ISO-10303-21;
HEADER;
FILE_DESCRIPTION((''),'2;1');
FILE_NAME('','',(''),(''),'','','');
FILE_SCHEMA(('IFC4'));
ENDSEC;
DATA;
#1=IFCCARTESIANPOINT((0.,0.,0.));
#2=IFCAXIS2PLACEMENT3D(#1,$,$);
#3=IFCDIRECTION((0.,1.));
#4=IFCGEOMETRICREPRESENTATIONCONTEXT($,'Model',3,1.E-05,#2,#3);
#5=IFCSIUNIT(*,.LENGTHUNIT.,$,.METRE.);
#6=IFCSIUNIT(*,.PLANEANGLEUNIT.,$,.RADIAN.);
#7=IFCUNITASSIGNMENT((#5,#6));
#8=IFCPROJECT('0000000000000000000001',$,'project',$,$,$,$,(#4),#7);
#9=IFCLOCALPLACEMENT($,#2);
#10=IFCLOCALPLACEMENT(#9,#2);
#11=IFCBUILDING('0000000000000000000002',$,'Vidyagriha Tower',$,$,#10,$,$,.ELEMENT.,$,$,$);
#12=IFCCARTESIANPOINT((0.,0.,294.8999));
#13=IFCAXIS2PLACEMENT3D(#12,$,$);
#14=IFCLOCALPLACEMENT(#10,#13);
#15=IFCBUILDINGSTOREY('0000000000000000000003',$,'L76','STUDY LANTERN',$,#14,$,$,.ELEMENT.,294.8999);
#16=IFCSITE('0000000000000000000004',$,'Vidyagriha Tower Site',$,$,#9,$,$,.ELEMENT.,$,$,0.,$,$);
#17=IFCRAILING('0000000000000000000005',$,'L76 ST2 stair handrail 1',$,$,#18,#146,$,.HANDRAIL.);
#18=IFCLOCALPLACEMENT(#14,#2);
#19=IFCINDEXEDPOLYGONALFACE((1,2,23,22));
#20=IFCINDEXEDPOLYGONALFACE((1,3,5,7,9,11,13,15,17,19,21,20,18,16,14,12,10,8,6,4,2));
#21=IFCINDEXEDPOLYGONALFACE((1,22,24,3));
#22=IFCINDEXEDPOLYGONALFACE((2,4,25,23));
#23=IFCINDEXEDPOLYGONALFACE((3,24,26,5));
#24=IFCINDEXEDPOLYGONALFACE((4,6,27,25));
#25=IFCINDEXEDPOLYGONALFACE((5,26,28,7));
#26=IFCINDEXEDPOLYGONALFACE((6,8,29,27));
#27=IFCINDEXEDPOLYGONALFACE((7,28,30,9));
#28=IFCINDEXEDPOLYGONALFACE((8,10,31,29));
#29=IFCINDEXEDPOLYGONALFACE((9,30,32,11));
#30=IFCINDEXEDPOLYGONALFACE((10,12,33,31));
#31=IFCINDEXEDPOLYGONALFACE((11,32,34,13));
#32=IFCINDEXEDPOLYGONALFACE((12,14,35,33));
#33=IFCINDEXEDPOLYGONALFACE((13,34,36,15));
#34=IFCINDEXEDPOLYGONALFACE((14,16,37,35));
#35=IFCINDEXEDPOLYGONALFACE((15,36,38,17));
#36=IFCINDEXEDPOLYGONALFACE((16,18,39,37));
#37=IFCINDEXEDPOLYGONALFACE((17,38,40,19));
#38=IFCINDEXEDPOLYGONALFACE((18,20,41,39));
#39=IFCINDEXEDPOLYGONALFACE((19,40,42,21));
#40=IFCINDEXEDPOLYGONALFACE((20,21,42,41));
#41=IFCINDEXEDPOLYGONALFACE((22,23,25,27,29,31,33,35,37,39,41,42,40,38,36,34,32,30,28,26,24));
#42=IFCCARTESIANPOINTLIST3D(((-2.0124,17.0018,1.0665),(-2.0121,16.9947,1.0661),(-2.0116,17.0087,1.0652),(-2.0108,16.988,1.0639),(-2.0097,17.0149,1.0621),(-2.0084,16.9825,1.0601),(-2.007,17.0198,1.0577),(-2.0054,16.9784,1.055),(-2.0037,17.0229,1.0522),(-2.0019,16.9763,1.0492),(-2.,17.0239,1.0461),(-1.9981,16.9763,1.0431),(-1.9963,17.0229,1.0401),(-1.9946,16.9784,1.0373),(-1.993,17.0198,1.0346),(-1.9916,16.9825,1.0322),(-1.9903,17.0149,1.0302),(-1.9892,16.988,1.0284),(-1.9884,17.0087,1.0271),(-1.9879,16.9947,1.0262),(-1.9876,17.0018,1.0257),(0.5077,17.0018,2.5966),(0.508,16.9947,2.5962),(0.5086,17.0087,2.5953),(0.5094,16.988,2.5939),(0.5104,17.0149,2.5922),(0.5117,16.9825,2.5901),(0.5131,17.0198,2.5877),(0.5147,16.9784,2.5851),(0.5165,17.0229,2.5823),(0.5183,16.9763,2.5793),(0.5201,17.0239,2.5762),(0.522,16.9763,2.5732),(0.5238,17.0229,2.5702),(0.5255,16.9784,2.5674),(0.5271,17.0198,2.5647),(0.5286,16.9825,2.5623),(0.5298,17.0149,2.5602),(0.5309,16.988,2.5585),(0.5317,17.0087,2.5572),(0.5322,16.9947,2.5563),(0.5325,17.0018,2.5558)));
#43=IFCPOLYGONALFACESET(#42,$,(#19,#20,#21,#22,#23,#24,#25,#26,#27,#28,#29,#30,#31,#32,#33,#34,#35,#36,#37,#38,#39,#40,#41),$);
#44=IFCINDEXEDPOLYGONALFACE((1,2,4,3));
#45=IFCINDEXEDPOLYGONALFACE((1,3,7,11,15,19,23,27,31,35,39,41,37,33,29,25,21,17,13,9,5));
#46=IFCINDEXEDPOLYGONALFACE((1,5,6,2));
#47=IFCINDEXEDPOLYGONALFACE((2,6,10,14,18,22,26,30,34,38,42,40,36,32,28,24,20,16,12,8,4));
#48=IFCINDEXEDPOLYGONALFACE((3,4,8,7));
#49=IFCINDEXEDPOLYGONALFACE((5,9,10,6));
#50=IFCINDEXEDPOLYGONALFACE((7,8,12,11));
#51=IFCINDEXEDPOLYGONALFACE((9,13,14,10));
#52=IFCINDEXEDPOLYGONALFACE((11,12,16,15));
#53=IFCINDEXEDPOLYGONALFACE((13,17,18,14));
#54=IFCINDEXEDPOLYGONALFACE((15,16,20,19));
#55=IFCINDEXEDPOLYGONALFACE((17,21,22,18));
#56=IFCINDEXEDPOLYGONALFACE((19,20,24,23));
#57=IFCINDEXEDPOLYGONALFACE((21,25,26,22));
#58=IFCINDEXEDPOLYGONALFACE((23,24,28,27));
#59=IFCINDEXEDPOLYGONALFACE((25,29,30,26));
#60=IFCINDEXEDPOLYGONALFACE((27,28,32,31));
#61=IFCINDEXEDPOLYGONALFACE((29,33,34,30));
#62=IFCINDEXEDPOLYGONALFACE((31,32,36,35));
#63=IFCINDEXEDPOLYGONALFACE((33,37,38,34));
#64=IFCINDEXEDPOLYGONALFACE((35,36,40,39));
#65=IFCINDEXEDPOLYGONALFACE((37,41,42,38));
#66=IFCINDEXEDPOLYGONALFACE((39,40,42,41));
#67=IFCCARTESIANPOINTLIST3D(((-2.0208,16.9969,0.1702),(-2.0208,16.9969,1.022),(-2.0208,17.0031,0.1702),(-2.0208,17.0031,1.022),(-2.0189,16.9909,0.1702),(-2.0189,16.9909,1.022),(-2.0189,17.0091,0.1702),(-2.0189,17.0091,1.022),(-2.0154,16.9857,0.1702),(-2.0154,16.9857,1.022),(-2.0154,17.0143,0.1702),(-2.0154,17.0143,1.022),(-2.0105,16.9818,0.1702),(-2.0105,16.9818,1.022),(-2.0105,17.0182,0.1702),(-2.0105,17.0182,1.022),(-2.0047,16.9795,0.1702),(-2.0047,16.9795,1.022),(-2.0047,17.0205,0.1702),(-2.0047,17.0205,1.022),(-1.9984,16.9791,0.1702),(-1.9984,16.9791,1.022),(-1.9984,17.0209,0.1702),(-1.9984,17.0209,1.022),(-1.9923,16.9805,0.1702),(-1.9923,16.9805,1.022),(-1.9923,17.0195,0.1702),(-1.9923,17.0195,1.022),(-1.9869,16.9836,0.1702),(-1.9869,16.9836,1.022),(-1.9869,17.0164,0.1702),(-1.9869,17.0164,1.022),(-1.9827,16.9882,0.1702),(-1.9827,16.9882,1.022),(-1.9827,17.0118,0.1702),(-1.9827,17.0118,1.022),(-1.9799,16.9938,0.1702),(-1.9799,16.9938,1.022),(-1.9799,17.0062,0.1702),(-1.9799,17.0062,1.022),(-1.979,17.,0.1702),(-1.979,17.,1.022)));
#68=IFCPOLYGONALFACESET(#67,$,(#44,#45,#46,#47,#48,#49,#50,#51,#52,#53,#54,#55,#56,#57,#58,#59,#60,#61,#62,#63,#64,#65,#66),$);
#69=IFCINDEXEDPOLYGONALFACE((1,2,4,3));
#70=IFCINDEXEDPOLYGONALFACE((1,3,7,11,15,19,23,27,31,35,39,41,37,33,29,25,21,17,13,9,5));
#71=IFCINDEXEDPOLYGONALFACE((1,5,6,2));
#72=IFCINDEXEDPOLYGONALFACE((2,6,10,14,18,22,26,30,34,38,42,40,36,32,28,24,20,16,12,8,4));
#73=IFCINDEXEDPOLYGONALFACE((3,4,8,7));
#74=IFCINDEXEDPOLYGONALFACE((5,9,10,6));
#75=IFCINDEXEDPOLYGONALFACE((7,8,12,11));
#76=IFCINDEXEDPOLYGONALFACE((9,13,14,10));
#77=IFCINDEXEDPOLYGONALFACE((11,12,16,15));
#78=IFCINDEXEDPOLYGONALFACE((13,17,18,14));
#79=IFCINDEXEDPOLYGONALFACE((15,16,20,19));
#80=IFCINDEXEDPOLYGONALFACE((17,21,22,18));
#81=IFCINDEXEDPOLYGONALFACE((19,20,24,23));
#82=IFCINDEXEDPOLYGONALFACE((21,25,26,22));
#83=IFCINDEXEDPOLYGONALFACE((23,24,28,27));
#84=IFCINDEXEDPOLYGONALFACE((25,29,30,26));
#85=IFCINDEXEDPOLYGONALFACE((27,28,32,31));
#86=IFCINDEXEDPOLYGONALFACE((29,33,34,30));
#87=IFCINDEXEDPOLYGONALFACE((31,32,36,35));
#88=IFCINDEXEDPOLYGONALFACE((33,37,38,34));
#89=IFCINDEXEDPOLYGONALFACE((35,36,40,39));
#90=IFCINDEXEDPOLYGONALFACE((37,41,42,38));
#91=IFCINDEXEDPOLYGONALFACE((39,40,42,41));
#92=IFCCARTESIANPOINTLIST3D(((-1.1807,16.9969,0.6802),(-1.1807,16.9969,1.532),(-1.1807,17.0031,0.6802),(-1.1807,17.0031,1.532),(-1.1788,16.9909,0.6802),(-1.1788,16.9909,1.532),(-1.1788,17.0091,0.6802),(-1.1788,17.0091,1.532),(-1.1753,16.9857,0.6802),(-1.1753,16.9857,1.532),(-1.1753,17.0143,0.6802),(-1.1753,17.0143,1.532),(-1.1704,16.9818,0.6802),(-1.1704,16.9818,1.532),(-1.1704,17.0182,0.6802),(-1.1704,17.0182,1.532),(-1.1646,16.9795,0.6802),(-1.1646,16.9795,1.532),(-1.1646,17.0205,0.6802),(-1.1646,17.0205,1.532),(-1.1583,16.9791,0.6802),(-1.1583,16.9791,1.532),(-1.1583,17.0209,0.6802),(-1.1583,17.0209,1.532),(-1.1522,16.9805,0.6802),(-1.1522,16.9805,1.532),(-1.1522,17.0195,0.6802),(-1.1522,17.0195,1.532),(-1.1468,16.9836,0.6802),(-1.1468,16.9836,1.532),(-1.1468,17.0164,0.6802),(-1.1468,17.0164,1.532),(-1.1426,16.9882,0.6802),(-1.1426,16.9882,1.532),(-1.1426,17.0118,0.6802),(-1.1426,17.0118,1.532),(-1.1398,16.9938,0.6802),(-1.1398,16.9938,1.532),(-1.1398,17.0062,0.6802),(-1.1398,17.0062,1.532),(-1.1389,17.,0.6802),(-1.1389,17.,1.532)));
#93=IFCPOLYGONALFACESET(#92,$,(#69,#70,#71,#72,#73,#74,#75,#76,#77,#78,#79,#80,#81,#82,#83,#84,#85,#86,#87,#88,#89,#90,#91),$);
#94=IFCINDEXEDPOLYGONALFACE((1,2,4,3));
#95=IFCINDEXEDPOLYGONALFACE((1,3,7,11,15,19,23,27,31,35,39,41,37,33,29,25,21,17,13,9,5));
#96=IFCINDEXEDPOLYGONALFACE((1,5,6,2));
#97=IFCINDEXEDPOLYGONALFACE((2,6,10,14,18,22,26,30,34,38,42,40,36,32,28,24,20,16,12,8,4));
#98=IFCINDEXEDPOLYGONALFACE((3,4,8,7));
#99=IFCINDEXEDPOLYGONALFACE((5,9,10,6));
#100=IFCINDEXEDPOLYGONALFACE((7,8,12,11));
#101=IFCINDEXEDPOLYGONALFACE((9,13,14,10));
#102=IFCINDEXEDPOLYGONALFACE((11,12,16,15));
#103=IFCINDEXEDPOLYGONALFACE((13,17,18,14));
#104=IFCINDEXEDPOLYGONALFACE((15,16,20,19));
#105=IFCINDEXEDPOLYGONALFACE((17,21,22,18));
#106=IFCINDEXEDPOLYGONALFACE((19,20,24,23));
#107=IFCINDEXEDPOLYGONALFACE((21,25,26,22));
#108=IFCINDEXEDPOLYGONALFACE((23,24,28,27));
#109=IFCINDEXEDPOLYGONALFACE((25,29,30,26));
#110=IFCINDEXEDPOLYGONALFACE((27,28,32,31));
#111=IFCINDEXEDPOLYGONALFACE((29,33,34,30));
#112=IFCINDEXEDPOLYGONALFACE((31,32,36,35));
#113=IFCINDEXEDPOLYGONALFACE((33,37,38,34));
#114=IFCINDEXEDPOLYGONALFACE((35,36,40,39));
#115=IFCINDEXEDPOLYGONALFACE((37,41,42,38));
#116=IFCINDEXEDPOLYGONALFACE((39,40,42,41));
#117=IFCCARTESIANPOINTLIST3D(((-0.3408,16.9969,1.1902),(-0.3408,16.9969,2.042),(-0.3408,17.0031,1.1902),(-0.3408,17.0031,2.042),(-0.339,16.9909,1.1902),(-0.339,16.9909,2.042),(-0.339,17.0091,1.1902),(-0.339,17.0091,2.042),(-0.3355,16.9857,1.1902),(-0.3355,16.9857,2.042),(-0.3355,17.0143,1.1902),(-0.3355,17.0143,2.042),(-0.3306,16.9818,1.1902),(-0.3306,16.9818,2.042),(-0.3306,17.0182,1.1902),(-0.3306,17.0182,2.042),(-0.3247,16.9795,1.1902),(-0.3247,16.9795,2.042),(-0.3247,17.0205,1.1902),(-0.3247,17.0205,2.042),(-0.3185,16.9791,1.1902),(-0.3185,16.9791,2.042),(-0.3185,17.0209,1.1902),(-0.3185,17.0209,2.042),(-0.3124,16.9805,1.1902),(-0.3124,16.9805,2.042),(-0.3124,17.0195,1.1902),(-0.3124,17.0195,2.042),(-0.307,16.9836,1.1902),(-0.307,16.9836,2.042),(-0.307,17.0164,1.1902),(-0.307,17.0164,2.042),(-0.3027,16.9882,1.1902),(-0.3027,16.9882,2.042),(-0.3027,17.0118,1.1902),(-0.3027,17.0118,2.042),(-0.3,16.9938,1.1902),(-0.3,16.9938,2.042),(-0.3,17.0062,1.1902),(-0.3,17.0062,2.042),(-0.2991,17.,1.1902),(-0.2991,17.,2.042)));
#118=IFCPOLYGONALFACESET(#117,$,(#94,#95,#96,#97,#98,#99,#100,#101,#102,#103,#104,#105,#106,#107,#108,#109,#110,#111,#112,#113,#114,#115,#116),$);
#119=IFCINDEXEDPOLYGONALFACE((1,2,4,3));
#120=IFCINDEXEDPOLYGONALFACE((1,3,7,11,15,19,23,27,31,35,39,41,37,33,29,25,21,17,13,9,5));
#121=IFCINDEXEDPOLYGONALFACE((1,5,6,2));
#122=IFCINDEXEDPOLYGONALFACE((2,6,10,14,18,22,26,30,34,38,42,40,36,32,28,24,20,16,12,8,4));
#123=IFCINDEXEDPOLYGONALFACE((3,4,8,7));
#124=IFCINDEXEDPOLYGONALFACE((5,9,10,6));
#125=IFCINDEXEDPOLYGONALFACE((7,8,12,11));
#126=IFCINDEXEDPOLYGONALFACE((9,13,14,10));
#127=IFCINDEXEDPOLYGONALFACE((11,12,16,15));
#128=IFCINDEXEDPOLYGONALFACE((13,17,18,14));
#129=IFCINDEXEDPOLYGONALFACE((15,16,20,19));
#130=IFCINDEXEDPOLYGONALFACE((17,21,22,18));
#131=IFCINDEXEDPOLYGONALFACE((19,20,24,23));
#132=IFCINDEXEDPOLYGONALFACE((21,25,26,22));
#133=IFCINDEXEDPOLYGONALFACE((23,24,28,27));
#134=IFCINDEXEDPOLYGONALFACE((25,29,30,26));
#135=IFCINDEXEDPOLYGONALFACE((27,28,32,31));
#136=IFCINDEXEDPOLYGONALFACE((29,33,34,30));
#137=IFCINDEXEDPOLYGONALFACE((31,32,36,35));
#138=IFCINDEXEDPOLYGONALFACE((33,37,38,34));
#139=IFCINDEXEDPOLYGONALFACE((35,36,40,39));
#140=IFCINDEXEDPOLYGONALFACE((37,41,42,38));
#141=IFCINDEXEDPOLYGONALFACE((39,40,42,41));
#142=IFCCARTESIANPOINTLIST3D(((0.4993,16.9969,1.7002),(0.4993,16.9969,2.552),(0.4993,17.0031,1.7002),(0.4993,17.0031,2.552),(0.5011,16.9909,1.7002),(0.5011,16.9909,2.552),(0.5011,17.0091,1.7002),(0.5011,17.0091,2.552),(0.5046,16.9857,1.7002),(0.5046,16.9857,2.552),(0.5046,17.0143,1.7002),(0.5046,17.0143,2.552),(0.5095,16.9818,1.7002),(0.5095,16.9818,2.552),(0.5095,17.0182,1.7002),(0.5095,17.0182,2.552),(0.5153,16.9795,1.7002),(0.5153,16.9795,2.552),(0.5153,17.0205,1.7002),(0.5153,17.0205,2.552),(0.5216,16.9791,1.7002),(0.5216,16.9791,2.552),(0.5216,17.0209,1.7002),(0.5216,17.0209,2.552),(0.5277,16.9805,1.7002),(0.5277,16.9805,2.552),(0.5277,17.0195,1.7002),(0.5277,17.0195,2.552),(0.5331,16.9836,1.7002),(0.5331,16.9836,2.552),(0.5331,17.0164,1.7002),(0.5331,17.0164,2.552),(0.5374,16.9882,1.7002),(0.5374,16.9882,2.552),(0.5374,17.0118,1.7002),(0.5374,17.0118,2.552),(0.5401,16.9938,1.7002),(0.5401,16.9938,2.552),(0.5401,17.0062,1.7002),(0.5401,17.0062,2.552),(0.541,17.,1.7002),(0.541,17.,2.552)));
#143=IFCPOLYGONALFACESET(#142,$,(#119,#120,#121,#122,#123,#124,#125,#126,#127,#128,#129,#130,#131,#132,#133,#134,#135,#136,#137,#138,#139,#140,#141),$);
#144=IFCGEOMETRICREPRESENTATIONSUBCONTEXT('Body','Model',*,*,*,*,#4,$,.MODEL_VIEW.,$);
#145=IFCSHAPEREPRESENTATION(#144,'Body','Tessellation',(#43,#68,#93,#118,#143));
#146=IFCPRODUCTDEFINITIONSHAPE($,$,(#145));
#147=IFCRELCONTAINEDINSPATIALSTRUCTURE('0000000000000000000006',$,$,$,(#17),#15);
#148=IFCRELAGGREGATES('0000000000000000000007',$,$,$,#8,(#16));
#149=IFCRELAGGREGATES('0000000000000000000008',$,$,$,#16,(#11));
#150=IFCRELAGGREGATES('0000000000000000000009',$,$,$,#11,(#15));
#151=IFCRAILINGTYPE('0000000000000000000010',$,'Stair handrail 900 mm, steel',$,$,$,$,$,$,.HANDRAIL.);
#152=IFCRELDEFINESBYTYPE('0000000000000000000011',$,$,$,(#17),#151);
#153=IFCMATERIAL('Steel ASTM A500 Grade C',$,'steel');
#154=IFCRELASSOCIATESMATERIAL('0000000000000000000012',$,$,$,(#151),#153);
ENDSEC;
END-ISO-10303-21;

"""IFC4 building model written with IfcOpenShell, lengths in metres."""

from ifc_helpers import new_model, si_unit, direction, frame, origin, origin_2d, place, context, subcontext, project, spatial, circle, extrude, material, type_object, element, save


model = new_model("IFC4")

# Units and contexts
model_context = context("Model", 3, precision=1e-05, world=origin(), true_north=direction((0.0, 1.0)))
body_context = subcontext(model_context, "Body", "Model", "MODEL_VIEW")
ifc_project = project(units=[si_unit("LENGTHUNIT", "METRE"), si_unit("PLANEANGLEUNIT", "RADIAN")], contexts=[model_context])

# Site, building, storey
site_placement = place(None, origin())
site = spatial("IfcSite", under=ifc_project, at=site_placement, Name="Vidyagriha Tower Site", CompositionType="ELEMENT", RefElevation=0.0)
building_placement = place(site_placement, origin())
building = spatial("IfcBuilding", under=site, at=building_placement, Name="Vidyagriha Tower", CompositionType="ELEMENT")
storey_placement = place(building_placement, frame((0.0, 0.0, 294.8999)))
storey = spatial("IfcBuildingStorey", under=building, at=storey_placement, Name="L76", Description="STUDY LANTERN", CompositionType="ELEMENT", Elevation=294.8999)

# Railing
ifc_material_1 = material(Name="Steel ASTM A500 Grade C", Category="steel")
railing_type_1 = type_object("IfcRailingType", Name="Stair handrail 900 mm, steel", PredefinedType="HANDRAIL", material=ifc_material_1)
railing_1_placement = place(storey_placement, frame((-2.0, 17.0, 0.1702)))
element("IfcRailing", 1, at=railing_1_placement, inside=storey, type_object=railing_type_1, Name="L76 ST2 stair handrail 1", PredefinedType="HANDRAIL", context=body_context, shape_type="SweptSolid", body=[
    extrude(circle(Radius=0.0239, at=origin_2d()), frame((0.0, 0.0, 0.876), z_axis=(0.854785, 0.0, 0.518982), x_axis=(0.0, 1.0, 0.0)), (0.0, 0.0, 1.0), 2.9482),
    extrude(circle(Radius=0.021, at=origin_2d()), origin(), (0.0, 0.0, 1.0), 0.8518),
    extrude(circle(Radius=0.021, at=origin_2d()), frame((0.8401, 0.0, 0.51)), (0.0, 0.0, 1.0), 0.8518),
    extrude(circle(Radius=0.021, at=origin_2d()), frame((1.6799, 0.0, 1.02)), (0.0, 0.0, 1.0), 0.8518),
    extrude(circle(Radius=0.021, at=origin_2d()), frame((2.52, 0.0, 1.53)), (0.0, 0.0, 1.0), 0.8518),
])

save(model, "model.ifc")
